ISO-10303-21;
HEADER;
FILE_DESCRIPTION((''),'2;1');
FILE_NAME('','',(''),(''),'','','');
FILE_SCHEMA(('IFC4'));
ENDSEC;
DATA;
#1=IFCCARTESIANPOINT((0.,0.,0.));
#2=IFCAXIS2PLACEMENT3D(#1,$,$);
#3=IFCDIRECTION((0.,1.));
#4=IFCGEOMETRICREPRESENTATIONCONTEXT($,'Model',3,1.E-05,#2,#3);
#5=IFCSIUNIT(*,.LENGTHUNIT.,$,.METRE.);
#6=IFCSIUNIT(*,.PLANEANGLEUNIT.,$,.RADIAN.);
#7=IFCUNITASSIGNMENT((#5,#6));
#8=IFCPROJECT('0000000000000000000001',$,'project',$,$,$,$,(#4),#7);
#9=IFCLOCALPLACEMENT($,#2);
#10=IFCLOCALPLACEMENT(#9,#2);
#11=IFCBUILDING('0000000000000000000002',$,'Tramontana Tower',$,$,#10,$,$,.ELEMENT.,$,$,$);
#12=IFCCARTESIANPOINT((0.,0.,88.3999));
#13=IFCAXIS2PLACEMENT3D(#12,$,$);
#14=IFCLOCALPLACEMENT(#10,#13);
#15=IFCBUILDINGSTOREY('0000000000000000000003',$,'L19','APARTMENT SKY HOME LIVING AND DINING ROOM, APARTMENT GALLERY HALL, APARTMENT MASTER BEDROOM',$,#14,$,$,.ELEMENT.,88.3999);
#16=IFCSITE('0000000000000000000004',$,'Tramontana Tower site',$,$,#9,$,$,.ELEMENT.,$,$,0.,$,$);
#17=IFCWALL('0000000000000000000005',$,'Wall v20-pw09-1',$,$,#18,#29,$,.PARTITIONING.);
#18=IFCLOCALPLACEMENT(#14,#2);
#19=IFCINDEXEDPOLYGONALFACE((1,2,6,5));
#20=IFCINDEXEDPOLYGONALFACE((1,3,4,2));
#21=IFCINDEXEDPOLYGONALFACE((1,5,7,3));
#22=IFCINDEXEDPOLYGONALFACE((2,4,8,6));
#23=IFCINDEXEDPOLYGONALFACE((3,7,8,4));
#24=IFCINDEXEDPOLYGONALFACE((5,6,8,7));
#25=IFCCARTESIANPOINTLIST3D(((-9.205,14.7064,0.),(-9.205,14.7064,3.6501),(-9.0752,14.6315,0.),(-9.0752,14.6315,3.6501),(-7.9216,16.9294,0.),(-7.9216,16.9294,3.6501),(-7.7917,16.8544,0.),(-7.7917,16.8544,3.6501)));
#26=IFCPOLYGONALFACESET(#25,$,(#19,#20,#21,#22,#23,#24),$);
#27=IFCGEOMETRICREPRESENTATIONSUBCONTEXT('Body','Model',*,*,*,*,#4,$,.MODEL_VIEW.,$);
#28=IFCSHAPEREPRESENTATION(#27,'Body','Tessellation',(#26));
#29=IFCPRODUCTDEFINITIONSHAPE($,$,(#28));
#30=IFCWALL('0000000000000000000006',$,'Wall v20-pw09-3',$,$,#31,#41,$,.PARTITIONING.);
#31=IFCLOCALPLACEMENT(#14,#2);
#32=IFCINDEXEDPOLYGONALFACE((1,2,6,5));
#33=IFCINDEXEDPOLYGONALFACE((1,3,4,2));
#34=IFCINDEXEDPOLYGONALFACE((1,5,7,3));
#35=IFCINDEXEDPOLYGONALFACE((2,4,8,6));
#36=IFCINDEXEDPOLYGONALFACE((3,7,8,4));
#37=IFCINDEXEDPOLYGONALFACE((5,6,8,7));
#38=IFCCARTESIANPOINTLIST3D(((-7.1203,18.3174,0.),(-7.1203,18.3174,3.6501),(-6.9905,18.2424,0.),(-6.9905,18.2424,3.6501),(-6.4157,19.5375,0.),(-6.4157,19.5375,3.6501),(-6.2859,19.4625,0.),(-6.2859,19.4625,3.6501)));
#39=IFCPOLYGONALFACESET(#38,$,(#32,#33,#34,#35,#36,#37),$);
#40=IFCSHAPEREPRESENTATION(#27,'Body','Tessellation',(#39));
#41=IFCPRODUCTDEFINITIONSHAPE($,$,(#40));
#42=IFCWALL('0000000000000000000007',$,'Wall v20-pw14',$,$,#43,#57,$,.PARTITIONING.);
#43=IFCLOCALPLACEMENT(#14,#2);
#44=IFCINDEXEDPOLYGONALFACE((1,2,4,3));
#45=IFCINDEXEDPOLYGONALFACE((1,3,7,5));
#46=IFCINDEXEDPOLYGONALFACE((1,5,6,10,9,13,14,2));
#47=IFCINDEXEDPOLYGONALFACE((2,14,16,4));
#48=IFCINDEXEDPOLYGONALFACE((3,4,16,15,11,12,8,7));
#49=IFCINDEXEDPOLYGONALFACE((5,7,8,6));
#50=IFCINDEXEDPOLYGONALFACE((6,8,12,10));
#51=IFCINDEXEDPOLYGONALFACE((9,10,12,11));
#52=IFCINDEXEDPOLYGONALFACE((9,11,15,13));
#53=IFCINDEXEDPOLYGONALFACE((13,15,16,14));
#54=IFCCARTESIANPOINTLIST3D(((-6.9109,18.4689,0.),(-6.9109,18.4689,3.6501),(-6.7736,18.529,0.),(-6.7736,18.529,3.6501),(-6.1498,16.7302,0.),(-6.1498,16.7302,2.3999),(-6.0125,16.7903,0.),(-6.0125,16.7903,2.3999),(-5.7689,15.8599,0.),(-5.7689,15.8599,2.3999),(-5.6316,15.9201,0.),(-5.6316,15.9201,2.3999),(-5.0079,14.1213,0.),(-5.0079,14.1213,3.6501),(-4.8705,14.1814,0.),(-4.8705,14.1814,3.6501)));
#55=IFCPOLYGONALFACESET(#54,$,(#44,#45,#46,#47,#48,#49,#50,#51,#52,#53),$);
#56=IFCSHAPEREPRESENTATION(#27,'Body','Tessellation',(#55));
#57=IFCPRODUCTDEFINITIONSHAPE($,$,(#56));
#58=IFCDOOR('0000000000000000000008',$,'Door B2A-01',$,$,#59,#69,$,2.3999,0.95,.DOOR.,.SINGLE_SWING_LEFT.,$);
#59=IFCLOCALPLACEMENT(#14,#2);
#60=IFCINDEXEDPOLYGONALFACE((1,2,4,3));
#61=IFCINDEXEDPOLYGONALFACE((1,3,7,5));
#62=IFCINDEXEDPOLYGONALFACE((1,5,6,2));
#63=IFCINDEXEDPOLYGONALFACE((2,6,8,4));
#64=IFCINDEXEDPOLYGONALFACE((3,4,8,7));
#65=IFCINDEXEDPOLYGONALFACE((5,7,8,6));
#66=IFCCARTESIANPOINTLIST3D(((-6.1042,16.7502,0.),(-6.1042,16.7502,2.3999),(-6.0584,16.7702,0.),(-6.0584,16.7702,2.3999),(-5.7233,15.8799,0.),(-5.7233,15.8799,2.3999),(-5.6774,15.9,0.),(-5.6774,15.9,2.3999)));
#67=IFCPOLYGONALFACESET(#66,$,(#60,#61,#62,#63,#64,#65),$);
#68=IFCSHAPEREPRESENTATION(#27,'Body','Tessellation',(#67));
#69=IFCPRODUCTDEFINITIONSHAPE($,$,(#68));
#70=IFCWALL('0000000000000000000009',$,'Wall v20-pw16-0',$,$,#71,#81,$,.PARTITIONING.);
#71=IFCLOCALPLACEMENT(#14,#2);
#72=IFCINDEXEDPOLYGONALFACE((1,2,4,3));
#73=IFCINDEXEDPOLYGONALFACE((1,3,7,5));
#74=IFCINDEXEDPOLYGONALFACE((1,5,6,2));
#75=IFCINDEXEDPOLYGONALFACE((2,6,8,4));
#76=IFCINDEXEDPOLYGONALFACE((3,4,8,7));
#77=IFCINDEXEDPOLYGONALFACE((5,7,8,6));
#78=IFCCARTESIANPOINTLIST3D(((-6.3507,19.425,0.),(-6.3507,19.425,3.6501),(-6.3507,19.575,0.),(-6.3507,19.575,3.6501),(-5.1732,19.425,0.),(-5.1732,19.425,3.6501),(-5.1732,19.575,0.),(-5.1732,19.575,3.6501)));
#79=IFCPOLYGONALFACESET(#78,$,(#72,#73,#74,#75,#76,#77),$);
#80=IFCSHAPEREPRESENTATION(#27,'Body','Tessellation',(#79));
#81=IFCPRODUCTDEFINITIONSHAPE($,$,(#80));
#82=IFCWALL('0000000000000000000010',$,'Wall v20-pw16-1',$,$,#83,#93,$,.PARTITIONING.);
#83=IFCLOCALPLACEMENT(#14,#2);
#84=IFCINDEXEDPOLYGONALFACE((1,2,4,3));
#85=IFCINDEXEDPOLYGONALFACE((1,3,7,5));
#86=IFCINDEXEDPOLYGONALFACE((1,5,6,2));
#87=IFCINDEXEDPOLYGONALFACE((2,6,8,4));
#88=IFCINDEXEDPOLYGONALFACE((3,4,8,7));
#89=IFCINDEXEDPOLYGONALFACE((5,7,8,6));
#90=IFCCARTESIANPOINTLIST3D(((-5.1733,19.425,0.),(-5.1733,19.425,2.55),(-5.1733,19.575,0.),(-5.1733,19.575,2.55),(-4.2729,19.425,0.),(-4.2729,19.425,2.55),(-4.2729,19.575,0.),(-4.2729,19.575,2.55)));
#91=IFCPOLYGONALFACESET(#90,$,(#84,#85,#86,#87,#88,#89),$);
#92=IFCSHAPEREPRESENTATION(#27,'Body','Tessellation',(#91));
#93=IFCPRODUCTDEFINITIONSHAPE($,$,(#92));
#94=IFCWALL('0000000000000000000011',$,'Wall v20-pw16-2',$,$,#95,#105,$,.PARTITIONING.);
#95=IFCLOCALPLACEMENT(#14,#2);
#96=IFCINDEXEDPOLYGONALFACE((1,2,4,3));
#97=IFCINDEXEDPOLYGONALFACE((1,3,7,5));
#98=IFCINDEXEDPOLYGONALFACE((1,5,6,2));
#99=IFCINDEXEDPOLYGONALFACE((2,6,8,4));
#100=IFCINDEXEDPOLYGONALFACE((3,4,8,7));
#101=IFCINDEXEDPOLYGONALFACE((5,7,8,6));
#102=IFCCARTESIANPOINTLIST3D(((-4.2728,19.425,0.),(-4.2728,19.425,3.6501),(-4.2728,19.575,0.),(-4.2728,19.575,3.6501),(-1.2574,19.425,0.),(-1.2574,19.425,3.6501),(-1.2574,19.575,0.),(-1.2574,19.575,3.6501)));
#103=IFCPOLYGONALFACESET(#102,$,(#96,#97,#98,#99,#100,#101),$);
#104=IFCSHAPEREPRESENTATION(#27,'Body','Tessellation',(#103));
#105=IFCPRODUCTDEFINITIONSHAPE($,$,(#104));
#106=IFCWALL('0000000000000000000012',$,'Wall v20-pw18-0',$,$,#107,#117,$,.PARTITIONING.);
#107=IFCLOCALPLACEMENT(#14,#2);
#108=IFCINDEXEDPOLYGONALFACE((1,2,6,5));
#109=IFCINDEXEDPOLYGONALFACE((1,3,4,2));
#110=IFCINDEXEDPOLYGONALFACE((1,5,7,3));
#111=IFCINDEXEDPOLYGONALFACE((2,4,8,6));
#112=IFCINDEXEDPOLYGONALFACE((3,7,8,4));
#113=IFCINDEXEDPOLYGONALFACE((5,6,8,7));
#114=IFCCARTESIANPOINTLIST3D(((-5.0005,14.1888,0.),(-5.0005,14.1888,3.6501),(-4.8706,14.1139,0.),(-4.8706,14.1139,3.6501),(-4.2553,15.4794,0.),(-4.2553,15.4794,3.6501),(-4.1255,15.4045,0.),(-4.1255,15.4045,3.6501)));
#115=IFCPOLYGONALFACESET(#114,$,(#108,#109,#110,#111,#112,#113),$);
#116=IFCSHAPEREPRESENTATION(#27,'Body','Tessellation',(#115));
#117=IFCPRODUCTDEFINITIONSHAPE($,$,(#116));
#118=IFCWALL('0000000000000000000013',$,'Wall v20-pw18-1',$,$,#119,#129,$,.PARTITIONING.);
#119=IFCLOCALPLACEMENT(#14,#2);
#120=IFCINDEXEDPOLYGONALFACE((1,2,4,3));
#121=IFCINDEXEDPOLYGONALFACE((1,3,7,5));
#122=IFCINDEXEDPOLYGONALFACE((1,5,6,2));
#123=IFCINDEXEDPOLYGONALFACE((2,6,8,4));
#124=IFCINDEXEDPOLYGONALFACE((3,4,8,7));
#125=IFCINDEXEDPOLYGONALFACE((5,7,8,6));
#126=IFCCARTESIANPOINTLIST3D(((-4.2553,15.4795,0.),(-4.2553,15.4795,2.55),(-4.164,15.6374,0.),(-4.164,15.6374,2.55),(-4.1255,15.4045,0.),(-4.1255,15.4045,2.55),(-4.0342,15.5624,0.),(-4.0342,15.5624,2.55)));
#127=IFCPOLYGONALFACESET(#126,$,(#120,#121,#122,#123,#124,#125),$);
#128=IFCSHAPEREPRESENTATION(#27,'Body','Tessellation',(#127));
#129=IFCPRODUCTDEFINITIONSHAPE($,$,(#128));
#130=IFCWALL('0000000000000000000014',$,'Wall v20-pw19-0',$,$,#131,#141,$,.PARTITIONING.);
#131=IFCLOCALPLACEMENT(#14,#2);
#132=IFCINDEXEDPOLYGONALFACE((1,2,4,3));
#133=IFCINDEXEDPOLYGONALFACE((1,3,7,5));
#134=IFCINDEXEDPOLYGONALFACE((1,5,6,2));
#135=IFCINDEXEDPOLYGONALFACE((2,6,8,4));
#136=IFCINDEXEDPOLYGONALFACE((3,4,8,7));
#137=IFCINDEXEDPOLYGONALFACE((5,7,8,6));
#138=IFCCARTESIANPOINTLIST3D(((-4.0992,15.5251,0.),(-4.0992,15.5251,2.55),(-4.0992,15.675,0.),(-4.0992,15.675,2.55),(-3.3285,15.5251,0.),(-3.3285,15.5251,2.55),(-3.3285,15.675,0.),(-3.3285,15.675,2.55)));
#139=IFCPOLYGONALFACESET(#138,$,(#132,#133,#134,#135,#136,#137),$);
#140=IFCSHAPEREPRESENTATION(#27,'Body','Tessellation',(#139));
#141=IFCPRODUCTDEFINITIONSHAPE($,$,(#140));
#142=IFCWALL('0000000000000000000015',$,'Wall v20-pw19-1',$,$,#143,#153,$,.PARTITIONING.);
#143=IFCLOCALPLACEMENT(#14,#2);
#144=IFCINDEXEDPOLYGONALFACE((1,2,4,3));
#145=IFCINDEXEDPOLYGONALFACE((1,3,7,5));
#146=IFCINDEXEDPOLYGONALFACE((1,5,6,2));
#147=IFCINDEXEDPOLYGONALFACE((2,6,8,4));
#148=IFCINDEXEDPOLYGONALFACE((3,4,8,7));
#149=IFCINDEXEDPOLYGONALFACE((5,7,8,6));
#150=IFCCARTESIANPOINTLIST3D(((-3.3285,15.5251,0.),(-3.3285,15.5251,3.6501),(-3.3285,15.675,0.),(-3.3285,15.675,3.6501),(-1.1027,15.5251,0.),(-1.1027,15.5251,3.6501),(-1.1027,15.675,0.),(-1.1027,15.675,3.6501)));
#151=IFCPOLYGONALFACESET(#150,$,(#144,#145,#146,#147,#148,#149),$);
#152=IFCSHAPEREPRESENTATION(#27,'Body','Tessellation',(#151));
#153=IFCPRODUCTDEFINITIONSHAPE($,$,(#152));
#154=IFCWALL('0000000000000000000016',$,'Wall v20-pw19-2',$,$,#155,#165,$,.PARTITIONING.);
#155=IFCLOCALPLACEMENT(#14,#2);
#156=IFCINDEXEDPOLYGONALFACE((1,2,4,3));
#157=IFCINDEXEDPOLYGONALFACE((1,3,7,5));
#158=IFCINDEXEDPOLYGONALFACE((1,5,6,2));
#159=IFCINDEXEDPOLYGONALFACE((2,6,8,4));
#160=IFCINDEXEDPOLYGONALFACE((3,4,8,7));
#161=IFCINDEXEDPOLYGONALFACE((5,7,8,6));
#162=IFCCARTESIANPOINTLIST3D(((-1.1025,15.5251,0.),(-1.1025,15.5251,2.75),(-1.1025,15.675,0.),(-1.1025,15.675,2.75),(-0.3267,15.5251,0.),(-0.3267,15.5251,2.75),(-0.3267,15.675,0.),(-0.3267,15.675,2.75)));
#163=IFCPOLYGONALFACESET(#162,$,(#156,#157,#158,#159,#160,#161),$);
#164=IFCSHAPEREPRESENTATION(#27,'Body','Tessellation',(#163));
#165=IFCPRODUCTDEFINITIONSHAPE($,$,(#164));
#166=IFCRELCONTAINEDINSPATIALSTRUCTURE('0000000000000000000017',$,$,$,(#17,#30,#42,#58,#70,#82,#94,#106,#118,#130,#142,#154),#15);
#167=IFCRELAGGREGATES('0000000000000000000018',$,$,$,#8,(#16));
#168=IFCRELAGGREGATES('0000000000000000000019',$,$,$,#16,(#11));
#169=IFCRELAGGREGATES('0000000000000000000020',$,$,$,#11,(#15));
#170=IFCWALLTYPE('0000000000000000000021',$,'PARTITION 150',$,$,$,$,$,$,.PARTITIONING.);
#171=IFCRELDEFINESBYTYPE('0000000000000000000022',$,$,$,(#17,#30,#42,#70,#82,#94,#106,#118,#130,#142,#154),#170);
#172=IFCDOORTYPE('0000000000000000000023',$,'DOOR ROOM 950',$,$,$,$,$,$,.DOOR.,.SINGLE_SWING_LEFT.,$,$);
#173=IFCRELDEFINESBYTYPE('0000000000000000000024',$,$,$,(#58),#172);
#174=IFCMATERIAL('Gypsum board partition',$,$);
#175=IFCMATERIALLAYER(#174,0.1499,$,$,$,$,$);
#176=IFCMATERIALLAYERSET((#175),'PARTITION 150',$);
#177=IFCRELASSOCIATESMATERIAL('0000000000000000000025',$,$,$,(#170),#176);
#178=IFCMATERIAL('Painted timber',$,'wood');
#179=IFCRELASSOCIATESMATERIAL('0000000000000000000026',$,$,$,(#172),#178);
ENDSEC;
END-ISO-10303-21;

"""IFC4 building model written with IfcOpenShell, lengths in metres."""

from ifc_helpers import new_model, si_unit, direction, frame, frame_2d, origin, place, context, subcontext, project, spatial, rectangle, extrude, material, layer, layer_set, type_object, element, fill, save


model = new_model("IFC4")

# Units and contexts
model_context = context("Model", 3, precision=1e-05, world=origin(), true_north=direction((0.0, 1.0)))
body_context = subcontext(model_context, "Body", "Model", "MODEL_VIEW")
ifc_project = project(units=[si_unit("LENGTHUNIT", "METRE"), si_unit("PLANEANGLEUNIT", "RADIAN")], contexts=[model_context])

# Site, building, storey
site_placement = place(None, origin())
site = spatial("IfcSite", under=ifc_project, at=site_placement, Name="Tramontana Tower site", CompositionType="ELEMENT", RefElevation=0.0)
building_placement = place(site_placement, origin())
building = spatial("IfcBuilding", under=site, at=building_placement, Name="Tramontana Tower", CompositionType="ELEMENT")
storey_placement = place(building_placement, frame((0.0, 0.0, 88.3999)))
storey = spatial("IfcBuildingStorey", under=building, at=storey_placement, Name="L19", Description="APARTMENT SKY HOME LIVING AND DINING ROOM, APARTMENT GALLERY HALL, APARTMENT MASTER BEDROOM", CompositionType="ELEMENT", Elevation=88.3999)

# Wall
ifc_material_1 = material(Name="Gypsum board partition")
ifc_layer_1 = layer(ifc_material_1, 0.1499)
ifc_layer_set_1 = layer_set([ifc_layer_1], Name="PARTITION 150")
wall_type_1 = type_object("IfcWallType", Name="PARTITION 150", PredefinedType="PARTITIONING", material=ifc_layer_set_1)
wall_1_placement = place(storey_placement, frame((-9.1401, 14.6689, 0.0), z_axis=(0.0, 0.0, 1.0), x_axis=(0.500016, 0.866016, 0.0)))
element("IfcWall", 1, at=wall_1_placement, inside=storey, type_object=wall_type_1, Name="Wall v20-pw09-1", PredefinedType="PARTITIONING", context=body_context, shape_type="SweptSolid", body=[
    extrude(rectangle(XDim=2.5669, YDim=0.1499, at=frame_2d((1.2834, 0.0))), origin(), (0.0, 0.0, 1.0), 3.6501),
])

# Shared definitions
ifc_material_2 = material(Name="Painted timber", Category="wood")
door_type_1 = type_object("IfcDoorType", Name="DOOR ROOM 950", OperationType="SINGLE_SWING_LEFT", PredefinedType="DOOR", material=ifc_material_2)

# Wall
wall_2_placement = place(storey_placement, frame((-7.0554, 18.2798, 0.0), z_axis=(0.0, 0.0, 1.0), x_axis=(0.500052, 0.865995, 0.0)))
element("IfcWall", 2, at=wall_2_placement, inside=storey, type_object=wall_type_1, Name="Wall v20-pw09-3", PredefinedType="PARTITIONING", context=body_context, shape_type="SweptSolid", body=[
    extrude(rectangle(XDim=1.4089, YDim=0.1499, at=frame_2d((0.7046, 0.0))), origin(), (0.0, 0.0, 1.0), 3.6501),
])

# Wall, opening, door
wall_3_placement = place(storey_placement, frame((-6.8423, 18.499, 0.0), z_axis=(0.0, 0.0, 1.0), x_axis=(0.400992, -0.916082, 0.0)))
wall_3 = element("IfcWall", 3, at=wall_3_placement, inside=storey, type_object=wall_type_1, Name="Wall v20-pw14", PredefinedType="PARTITIONING", context=body_context, shape_type="SweptSolid", body=[
    extrude(rectangle(XDim=4.7458, YDim=0.1499, at=frame_2d((2.373, 0.0))), origin(), (0.0, 0.0, 1.0), 3.6501),
])
opening_1_placement = place(wall_3_placement, frame((1.8979, 0.0, 0.0)))
opening_1 = element("IfcOpeningElement", 4, at=opening_1_placement, cuts=wall_3, PredefinedType="OPENING", context=body_context, shape_type="SweptSolid", body=[
    extrude(rectangle(XDim=0.95, YDim=2.3999, at=frame_2d((0.4751, 1.2))), frame((0.0, 0.085, 0.0), z_axis=(0.0, -1.0, 0.0), x_axis=(1.0, 0.0, 0.0)), (0.0, 0.0, 1.0), 0.1699),
])
door_1_placement = place(opening_1_placement, origin())
door_1 = element("IfcDoor", 5, at=door_1_placement, inside=storey, type_object=door_type_1, Name="Door B2A-01", OperationType="SINGLE_SWING_LEFT", OverallHeight=2.3999, OverallWidth=0.95, PredefinedType="DOOR", context=body_context, shape_type="SweptSolid", body=[
    extrude(rectangle(XDim=0.95, YDim=2.3999, at=frame_2d((0.4751, 1.2))), frame((0.0, 0.0249, 0.0), z_axis=(0.0, -1.0, 0.0), x_axis=(1.0, 0.0, 0.0)), (0.0, 0.0, 1.0), 0.05),
])
fill(opening_1, door_1)

# Walls
wall_4_placement = place(storey_placement, frame((-6.3508, 19.5, 0.0), z_axis=(0.0, 0.0, 1.0), x_axis=(1.0, 0.0, 0.0)))
element("IfcWall", 6, at=wall_4_placement, inside=storey, type_object=wall_type_1, Name="Wall v20-pw16-0", PredefinedType="PARTITIONING", context=body_context, shape_type="SweptSolid", body=[
    extrude(rectangle(XDim=1.1775, YDim=0.1499, at=frame_2d((0.5889, 0.0))), origin(), (0.0, 0.0, 1.0), 3.6501),
])
wall_5_placement = place(storey_placement, frame((-5.1733, 19.5, 0.0), z_axis=(0.0, 0.0, 1.0), x_axis=(1.0, 0.0, 0.0)))
element("IfcWall", 7, at=wall_5_placement, inside=storey, type_object=wall_type_1, Name="Wall v20-pw16-1", PredefinedType="PARTITIONING", context=body_context, shape_type="SweptSolid", body=[
    extrude(rectangle(XDim=0.9004, YDim=0.1499, at=frame_2d((0.4502, 0.0))), origin(), (0.0, 0.0, 1.0), 2.55),
])
wall_6_placement = place(storey_placement, frame((-4.2729, 19.5, 0.0), z_axis=(0.0, 0.0, 1.0), x_axis=(1.0, 0.0, 0.0)))
element("IfcWall", 8, at=wall_6_placement, inside=storey, type_object=wall_type_1, Name="Wall v20-pw16-2", PredefinedType="PARTITIONING", context=body_context, shape_type="SweptSolid", body=[
    extrude(rectangle(XDim=3.0154, YDim=0.1499, at=frame_2d((1.5078, 0.0))), origin(), (0.0, 0.0, 1.0), 3.6501),
])
wall_7_placement = place(storey_placement, frame((-4.9355, 14.1514, 0.0), z_axis=(0.0, 0.0, 1.0), x_axis=(0.500016, 0.866016, 0.0)))
element("IfcWall", 9, at=wall_7_placement, inside=storey, type_object=wall_type_1, Name="Wall v20-pw18-0", PredefinedType="PARTITIONING", context=body_context, shape_type="SweptSolid", body=[
    extrude(rectangle(XDim=1.4902, YDim=0.1499, at=frame_2d((0.7451, 0.0))), origin(), (0.0, 0.0, 1.0), 3.6501),
])
wall_8_placement = place(storey_placement, frame((-4.1904, 15.4419, 0.0), z_axis=(0.0, 0.0, 1.0), x_axis=(0.500456, 0.865762, 0.0)))
element("IfcWall", 10, at=wall_8_placement, inside=storey, type_object=wall_type_1, Name="Wall v20-pw18-1", PredefinedType="PARTITIONING", context=body_context, shape_type="SweptSolid", body=[
    extrude(rectangle(XDim=0.1824, YDim=0.1499, at=frame_2d((0.0913, 0.0))), origin(), (0.0, 0.0, 1.0), 2.55),
])
wall_9_placement = place(storey_placement, frame((-4.0991, 15.6001, 0.0), z_axis=(0.0, 0.0, 1.0), x_axis=(1.0, 0.0, 0.0)))
element("IfcWall", 11, at=wall_9_placement, inside=storey, type_object=wall_type_1, Name="Wall v20-pw19-0", PredefinedType="PARTITIONING", context=body_context, shape_type="SweptSolid", body=[
    extrude(rectangle(XDim=0.7708, YDim=0.1499, at=frame_2d((0.3853, 0.0))), origin(), (0.0, 0.0, 1.0), 2.55),
])
wall_10_placement = place(storey_placement, frame((-3.3284, 15.6001, 0.0), z_axis=(0.0, 0.0, 1.0), x_axis=(1.0, 0.0, 0.0)))
element("IfcWall", 12, at=wall_10_placement, inside=storey, type_object=wall_type_1, Name="Wall v20-pw19-1", PredefinedType="PARTITIONING", context=body_context, shape_type="SweptSolid", body=[
    extrude(rectangle(XDim=2.2258, YDim=0.1499, at=frame_2d((1.1128, 0.0))), origin(), (0.0, 0.0, 1.0), 3.6501),
])
wall_11_placement = place(storey_placement, frame((-1.1025, 15.6001, 0.0), z_axis=(0.0, 0.0, 1.0), x_axis=(1.0, 0.0, 0.0)))
element("IfcWall", 13, at=wall_11_placement, inside=storey, type_object=wall_type_1, Name="Wall v20-pw19-2", PredefinedType="PARTITIONING", context=body_context, shape_type="SweptSolid", body=[
    extrude(rectangle(XDim=0.7759, YDim=0.1499, at=frame_2d((0.3879, 0.0))), origin(), (0.0, 0.0, 1.0), 2.75),
])

save(model, "model.ifc")
